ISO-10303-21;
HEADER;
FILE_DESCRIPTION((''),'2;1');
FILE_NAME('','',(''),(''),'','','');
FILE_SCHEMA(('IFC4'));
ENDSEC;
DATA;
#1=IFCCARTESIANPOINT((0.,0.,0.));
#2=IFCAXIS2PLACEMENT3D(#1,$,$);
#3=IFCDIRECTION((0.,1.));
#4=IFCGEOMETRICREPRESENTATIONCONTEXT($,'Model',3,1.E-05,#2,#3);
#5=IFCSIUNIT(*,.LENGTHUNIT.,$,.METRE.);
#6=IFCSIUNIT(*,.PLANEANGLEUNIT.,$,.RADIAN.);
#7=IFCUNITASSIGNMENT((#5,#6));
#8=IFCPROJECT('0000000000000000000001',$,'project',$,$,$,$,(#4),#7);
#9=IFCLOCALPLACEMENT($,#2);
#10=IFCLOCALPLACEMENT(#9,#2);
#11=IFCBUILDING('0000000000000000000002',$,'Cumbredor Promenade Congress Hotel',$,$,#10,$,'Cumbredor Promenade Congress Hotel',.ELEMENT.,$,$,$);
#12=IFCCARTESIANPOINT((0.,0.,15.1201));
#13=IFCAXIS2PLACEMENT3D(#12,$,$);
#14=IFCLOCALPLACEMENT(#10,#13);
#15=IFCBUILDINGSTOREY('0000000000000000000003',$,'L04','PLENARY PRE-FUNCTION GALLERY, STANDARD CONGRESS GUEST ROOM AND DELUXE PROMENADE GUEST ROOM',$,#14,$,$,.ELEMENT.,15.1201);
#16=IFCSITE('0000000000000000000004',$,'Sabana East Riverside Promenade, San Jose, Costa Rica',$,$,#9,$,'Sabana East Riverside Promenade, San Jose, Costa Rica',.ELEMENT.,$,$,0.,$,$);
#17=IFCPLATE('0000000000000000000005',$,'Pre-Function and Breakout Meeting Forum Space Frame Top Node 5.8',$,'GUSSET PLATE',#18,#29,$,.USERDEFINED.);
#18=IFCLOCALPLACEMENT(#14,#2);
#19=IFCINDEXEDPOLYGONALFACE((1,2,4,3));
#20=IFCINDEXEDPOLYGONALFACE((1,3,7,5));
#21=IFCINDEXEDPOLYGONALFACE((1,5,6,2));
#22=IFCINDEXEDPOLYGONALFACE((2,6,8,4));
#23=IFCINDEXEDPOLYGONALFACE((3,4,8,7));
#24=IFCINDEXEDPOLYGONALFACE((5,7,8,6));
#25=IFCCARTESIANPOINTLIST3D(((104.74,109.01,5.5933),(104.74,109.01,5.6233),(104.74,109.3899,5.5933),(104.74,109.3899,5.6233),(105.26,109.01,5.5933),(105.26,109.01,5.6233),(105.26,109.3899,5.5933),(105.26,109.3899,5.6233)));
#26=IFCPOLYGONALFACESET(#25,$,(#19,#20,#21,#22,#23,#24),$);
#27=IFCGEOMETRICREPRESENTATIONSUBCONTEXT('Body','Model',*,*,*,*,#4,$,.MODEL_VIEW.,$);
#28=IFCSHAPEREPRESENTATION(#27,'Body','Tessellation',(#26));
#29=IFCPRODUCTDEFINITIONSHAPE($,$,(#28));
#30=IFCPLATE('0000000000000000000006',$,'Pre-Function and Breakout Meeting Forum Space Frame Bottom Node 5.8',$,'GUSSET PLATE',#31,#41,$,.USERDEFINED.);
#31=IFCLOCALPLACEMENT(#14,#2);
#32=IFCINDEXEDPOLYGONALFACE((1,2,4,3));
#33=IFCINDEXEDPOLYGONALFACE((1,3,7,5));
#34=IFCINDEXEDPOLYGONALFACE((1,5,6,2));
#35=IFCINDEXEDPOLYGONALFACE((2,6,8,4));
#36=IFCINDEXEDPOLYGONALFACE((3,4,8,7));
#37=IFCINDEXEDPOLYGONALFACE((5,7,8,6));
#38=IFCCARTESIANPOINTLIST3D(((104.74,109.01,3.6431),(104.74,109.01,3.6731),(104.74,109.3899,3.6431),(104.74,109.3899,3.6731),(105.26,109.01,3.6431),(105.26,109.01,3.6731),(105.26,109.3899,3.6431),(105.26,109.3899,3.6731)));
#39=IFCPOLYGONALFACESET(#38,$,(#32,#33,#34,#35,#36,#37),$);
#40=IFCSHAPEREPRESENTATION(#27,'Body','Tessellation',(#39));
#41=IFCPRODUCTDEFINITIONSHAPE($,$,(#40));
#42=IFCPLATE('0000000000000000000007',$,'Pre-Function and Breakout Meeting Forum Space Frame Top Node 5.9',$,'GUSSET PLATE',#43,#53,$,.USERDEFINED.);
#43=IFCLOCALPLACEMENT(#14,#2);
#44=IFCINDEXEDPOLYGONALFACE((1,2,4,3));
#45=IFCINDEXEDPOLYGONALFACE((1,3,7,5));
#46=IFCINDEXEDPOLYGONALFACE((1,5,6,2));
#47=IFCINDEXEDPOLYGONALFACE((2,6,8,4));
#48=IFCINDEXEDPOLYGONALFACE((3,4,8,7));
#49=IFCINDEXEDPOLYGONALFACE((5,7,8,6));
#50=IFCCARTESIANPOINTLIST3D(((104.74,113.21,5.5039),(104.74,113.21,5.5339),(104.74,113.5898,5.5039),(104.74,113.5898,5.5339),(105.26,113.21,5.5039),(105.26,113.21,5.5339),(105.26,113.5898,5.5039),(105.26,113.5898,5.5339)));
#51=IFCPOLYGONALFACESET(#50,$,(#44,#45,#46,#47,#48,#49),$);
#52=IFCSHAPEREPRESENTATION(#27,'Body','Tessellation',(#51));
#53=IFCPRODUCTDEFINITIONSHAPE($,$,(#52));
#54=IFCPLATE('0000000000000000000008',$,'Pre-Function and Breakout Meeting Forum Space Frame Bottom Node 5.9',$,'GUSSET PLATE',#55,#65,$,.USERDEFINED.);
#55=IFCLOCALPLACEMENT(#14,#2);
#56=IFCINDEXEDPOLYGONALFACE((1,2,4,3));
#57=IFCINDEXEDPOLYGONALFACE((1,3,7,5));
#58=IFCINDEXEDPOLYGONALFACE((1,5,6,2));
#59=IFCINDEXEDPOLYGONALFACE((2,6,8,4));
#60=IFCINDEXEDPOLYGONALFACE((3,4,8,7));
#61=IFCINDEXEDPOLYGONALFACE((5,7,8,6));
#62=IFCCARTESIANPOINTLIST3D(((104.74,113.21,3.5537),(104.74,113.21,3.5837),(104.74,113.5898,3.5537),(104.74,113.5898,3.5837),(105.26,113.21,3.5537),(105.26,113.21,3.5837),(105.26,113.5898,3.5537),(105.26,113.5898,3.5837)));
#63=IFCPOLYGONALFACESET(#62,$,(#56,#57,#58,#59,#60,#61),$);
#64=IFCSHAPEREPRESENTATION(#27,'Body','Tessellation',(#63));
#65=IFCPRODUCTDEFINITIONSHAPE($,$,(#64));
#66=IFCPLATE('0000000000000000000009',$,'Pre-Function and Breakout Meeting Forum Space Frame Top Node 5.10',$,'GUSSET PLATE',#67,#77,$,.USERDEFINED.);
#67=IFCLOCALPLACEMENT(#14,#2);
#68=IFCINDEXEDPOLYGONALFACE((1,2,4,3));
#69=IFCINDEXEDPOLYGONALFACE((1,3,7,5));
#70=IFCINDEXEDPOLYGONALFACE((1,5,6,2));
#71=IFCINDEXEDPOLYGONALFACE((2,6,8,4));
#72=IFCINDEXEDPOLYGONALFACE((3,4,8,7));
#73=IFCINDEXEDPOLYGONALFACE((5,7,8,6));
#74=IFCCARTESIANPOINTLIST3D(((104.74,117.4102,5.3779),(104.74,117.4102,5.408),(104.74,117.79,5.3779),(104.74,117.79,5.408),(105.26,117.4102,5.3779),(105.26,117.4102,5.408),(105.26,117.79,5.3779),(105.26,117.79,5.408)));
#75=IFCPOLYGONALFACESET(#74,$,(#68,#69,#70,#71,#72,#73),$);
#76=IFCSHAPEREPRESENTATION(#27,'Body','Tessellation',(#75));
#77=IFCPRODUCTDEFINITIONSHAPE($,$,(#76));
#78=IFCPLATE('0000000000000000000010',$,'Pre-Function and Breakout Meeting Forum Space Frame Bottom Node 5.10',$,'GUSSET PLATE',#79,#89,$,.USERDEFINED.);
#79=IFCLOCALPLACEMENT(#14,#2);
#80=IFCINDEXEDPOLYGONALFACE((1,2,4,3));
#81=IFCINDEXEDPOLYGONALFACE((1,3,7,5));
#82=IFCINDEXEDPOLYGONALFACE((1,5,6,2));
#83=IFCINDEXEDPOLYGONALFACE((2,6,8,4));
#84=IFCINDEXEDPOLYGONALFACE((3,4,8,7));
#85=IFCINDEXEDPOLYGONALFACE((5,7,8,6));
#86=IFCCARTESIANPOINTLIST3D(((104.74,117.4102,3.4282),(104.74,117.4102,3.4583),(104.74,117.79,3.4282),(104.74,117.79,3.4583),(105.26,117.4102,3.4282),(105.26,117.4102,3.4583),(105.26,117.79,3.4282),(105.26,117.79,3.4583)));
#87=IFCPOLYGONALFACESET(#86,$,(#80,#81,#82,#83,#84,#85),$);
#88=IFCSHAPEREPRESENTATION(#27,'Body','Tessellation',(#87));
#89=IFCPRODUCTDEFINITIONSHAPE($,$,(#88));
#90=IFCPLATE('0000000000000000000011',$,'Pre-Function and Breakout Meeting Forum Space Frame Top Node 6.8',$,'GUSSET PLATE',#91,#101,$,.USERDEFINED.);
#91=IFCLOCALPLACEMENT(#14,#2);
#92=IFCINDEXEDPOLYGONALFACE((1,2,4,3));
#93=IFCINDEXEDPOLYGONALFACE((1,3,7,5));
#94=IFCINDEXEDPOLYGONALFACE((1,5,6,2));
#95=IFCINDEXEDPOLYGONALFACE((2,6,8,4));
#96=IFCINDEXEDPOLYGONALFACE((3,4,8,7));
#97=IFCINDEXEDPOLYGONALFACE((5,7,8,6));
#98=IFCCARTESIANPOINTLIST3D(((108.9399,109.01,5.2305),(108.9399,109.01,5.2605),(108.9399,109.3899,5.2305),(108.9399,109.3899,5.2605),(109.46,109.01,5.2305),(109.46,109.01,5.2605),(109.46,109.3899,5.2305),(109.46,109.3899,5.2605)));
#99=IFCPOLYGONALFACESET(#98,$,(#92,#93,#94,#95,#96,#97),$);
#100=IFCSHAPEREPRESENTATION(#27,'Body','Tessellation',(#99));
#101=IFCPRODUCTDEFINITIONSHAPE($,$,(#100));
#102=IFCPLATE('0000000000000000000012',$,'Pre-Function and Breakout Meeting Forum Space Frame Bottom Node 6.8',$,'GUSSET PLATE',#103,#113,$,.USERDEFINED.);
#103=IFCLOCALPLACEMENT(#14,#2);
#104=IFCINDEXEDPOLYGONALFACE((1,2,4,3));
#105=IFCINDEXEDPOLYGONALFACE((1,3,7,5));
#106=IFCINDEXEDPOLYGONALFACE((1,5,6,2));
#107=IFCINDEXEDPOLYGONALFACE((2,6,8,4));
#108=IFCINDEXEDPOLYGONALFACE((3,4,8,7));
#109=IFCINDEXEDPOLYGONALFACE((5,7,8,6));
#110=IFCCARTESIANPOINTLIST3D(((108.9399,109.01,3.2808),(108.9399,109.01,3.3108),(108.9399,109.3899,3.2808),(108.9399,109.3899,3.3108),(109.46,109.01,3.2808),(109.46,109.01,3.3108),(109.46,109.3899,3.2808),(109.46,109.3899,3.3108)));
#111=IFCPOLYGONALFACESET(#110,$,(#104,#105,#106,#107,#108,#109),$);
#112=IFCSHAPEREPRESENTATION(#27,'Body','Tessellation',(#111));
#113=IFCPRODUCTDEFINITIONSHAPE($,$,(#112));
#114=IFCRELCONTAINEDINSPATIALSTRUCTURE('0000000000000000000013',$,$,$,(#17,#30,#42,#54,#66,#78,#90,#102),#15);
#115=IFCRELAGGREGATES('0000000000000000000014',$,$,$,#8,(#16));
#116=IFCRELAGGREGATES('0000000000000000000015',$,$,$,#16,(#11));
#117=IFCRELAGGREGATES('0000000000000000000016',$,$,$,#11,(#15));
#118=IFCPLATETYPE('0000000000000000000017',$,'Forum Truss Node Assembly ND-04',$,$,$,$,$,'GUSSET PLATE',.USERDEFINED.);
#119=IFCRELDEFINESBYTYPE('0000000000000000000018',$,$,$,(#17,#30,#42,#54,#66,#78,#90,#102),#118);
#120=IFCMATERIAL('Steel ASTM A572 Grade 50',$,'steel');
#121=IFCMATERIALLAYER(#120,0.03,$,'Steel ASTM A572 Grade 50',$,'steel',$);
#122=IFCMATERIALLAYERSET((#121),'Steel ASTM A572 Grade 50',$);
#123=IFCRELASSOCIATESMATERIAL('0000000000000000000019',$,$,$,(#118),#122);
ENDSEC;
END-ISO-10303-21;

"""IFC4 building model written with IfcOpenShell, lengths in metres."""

from ifc_helpers import new_model, si_unit, direction, frame, origin, origin_2d, place, context, subcontext, project, spatial, rectangle, extrude, material, layer, layer_set, type_object, element, save


model = new_model("IFC4")

# Units and contexts
model_context = context("Model", 3, precision=1e-05, world=origin(), true_north=direction((0.0, 1.0)))
body_context = subcontext(model_context, "Body", "Model", "MODEL_VIEW")
ifc_project = project(units=[si_unit("LENGTHUNIT", "METRE"), si_unit("PLANEANGLEUNIT", "RADIAN")], contexts=[model_context])

# Site, building, storey
site_placement = place(None, origin())
site = spatial("IfcSite", under=ifc_project, at=site_placement, Name="Sabana East Riverside Promenade, San Jose, Costa Rica", LongName="Sabana East Riverside Promenade, San Jose, Costa Rica", CompositionType="ELEMENT", RefElevation=0.0)
building_placement = place(site_placement, origin())
building = spatial("IfcBuilding", under=site, at=building_placement, Name="Cumbredor Promenade Congress Hotel", LongName="Cumbredor Promenade Congress Hotel", CompositionType="ELEMENT")
storey_placement = place(building_placement, frame((0.0, 0.0, 15.1201)))
storey = spatial("IfcBuildingStorey", under=building, at=storey_placement, Name="L04", Description="PLENARY PRE-FUNCTION GALLERY, STANDARD CONGRESS GUEST ROOM AND DELUXE PROMENADE GUEST ROOM", CompositionType="ELEMENT", Elevation=15.1201)

# Plates
ifc_material_1 = material(Name="Steel ASTM A572 Grade 50", Category="steel")
ifc_layer_1 = layer(ifc_material_1, 0.03, Name="Steel ASTM A572 Grade 50", Category="steel")
ifc_layer_set_1 = layer_set([ifc_layer_1], Name="Steel ASTM A572 Grade 50")
plate_type_1 = type_object("IfcPlateType", Name="Forum Truss Node Assembly ND-04", ElementType="GUSSET PLATE", PredefinedType="USERDEFINED", material=ifc_layer_set_1)
for number, where, z_axis, x_axis, name in (
    (1, (105.0, 109.2, 5.5933), (0.0, 0.0, 1.0), (1.0, 0.0, 0.0), "Pre-Function and Breakout Meeting Forum Space Frame Top Node 5.8"),
    (2, (105.0, 109.2, 3.6431), (0.0, 0.0, 1.0), (1.0, 0.0, 0.0), "Pre-Function and Breakout Meeting Forum Space Frame Bottom Node 5.8"),
    (3, (105.0, 113.3999, 5.5039), (0.0, 0.0, 1.0), (1.0, 0.0, 0.0), "Pre-Function and Breakout Meeting Forum Space Frame Top Node 5.9"),
    (4, (105.0, 113.3999, 3.5537), (0.0, 0.0, 1.0), (1.0, 0.0, 0.0), "Pre-Function and Breakout Meeting Forum Space Frame Bottom Node 5.9"),
    (5, (105.0, 117.6001, 5.3779), (0.0, 0.0, 1.0), (1.0, 0.0, 0.0), "Pre-Function and Breakout Meeting Forum Space Frame Top Node 5.10"),
    (6, (105.0, 117.6001, 3.4282), (0.0, 0.0, 1.0), (1.0, 0.0, 0.0), "Pre-Function and Breakout Meeting Forum Space Frame Bottom Node 5.10"),
    (7, (109.2, 109.2, 5.2305), (0.0, 0.0, 1.0), (1.0, 0.0, 0.0), "Pre-Function and Breakout Meeting Forum Space Frame Top Node 6.8"),
    (8, (109.2, 109.2, 3.2808), (0.0, 0.0, 1.0), (1.0, 0.0, 0.0), "Pre-Function and Breakout Meeting Forum Space Frame Bottom Node 6.8"),
):
    element("IfcPlate", number, at=place(storey_placement, frame(where, z_axis=z_axis, x_axis=x_axis)), inside=storey, type_object=plate_type_1, Name=name, ObjectType="GUSSET PLATE", PredefinedType="USERDEFINED", context=body_context, shape_type="SweptSolid", body=[
        extrude(rectangle(XDim=0.52, YDim=0.3799, at=origin_2d()), origin(), (0.0, 0.0, 1.0), 0.03),
    ])

save(model, "model.ifc")
